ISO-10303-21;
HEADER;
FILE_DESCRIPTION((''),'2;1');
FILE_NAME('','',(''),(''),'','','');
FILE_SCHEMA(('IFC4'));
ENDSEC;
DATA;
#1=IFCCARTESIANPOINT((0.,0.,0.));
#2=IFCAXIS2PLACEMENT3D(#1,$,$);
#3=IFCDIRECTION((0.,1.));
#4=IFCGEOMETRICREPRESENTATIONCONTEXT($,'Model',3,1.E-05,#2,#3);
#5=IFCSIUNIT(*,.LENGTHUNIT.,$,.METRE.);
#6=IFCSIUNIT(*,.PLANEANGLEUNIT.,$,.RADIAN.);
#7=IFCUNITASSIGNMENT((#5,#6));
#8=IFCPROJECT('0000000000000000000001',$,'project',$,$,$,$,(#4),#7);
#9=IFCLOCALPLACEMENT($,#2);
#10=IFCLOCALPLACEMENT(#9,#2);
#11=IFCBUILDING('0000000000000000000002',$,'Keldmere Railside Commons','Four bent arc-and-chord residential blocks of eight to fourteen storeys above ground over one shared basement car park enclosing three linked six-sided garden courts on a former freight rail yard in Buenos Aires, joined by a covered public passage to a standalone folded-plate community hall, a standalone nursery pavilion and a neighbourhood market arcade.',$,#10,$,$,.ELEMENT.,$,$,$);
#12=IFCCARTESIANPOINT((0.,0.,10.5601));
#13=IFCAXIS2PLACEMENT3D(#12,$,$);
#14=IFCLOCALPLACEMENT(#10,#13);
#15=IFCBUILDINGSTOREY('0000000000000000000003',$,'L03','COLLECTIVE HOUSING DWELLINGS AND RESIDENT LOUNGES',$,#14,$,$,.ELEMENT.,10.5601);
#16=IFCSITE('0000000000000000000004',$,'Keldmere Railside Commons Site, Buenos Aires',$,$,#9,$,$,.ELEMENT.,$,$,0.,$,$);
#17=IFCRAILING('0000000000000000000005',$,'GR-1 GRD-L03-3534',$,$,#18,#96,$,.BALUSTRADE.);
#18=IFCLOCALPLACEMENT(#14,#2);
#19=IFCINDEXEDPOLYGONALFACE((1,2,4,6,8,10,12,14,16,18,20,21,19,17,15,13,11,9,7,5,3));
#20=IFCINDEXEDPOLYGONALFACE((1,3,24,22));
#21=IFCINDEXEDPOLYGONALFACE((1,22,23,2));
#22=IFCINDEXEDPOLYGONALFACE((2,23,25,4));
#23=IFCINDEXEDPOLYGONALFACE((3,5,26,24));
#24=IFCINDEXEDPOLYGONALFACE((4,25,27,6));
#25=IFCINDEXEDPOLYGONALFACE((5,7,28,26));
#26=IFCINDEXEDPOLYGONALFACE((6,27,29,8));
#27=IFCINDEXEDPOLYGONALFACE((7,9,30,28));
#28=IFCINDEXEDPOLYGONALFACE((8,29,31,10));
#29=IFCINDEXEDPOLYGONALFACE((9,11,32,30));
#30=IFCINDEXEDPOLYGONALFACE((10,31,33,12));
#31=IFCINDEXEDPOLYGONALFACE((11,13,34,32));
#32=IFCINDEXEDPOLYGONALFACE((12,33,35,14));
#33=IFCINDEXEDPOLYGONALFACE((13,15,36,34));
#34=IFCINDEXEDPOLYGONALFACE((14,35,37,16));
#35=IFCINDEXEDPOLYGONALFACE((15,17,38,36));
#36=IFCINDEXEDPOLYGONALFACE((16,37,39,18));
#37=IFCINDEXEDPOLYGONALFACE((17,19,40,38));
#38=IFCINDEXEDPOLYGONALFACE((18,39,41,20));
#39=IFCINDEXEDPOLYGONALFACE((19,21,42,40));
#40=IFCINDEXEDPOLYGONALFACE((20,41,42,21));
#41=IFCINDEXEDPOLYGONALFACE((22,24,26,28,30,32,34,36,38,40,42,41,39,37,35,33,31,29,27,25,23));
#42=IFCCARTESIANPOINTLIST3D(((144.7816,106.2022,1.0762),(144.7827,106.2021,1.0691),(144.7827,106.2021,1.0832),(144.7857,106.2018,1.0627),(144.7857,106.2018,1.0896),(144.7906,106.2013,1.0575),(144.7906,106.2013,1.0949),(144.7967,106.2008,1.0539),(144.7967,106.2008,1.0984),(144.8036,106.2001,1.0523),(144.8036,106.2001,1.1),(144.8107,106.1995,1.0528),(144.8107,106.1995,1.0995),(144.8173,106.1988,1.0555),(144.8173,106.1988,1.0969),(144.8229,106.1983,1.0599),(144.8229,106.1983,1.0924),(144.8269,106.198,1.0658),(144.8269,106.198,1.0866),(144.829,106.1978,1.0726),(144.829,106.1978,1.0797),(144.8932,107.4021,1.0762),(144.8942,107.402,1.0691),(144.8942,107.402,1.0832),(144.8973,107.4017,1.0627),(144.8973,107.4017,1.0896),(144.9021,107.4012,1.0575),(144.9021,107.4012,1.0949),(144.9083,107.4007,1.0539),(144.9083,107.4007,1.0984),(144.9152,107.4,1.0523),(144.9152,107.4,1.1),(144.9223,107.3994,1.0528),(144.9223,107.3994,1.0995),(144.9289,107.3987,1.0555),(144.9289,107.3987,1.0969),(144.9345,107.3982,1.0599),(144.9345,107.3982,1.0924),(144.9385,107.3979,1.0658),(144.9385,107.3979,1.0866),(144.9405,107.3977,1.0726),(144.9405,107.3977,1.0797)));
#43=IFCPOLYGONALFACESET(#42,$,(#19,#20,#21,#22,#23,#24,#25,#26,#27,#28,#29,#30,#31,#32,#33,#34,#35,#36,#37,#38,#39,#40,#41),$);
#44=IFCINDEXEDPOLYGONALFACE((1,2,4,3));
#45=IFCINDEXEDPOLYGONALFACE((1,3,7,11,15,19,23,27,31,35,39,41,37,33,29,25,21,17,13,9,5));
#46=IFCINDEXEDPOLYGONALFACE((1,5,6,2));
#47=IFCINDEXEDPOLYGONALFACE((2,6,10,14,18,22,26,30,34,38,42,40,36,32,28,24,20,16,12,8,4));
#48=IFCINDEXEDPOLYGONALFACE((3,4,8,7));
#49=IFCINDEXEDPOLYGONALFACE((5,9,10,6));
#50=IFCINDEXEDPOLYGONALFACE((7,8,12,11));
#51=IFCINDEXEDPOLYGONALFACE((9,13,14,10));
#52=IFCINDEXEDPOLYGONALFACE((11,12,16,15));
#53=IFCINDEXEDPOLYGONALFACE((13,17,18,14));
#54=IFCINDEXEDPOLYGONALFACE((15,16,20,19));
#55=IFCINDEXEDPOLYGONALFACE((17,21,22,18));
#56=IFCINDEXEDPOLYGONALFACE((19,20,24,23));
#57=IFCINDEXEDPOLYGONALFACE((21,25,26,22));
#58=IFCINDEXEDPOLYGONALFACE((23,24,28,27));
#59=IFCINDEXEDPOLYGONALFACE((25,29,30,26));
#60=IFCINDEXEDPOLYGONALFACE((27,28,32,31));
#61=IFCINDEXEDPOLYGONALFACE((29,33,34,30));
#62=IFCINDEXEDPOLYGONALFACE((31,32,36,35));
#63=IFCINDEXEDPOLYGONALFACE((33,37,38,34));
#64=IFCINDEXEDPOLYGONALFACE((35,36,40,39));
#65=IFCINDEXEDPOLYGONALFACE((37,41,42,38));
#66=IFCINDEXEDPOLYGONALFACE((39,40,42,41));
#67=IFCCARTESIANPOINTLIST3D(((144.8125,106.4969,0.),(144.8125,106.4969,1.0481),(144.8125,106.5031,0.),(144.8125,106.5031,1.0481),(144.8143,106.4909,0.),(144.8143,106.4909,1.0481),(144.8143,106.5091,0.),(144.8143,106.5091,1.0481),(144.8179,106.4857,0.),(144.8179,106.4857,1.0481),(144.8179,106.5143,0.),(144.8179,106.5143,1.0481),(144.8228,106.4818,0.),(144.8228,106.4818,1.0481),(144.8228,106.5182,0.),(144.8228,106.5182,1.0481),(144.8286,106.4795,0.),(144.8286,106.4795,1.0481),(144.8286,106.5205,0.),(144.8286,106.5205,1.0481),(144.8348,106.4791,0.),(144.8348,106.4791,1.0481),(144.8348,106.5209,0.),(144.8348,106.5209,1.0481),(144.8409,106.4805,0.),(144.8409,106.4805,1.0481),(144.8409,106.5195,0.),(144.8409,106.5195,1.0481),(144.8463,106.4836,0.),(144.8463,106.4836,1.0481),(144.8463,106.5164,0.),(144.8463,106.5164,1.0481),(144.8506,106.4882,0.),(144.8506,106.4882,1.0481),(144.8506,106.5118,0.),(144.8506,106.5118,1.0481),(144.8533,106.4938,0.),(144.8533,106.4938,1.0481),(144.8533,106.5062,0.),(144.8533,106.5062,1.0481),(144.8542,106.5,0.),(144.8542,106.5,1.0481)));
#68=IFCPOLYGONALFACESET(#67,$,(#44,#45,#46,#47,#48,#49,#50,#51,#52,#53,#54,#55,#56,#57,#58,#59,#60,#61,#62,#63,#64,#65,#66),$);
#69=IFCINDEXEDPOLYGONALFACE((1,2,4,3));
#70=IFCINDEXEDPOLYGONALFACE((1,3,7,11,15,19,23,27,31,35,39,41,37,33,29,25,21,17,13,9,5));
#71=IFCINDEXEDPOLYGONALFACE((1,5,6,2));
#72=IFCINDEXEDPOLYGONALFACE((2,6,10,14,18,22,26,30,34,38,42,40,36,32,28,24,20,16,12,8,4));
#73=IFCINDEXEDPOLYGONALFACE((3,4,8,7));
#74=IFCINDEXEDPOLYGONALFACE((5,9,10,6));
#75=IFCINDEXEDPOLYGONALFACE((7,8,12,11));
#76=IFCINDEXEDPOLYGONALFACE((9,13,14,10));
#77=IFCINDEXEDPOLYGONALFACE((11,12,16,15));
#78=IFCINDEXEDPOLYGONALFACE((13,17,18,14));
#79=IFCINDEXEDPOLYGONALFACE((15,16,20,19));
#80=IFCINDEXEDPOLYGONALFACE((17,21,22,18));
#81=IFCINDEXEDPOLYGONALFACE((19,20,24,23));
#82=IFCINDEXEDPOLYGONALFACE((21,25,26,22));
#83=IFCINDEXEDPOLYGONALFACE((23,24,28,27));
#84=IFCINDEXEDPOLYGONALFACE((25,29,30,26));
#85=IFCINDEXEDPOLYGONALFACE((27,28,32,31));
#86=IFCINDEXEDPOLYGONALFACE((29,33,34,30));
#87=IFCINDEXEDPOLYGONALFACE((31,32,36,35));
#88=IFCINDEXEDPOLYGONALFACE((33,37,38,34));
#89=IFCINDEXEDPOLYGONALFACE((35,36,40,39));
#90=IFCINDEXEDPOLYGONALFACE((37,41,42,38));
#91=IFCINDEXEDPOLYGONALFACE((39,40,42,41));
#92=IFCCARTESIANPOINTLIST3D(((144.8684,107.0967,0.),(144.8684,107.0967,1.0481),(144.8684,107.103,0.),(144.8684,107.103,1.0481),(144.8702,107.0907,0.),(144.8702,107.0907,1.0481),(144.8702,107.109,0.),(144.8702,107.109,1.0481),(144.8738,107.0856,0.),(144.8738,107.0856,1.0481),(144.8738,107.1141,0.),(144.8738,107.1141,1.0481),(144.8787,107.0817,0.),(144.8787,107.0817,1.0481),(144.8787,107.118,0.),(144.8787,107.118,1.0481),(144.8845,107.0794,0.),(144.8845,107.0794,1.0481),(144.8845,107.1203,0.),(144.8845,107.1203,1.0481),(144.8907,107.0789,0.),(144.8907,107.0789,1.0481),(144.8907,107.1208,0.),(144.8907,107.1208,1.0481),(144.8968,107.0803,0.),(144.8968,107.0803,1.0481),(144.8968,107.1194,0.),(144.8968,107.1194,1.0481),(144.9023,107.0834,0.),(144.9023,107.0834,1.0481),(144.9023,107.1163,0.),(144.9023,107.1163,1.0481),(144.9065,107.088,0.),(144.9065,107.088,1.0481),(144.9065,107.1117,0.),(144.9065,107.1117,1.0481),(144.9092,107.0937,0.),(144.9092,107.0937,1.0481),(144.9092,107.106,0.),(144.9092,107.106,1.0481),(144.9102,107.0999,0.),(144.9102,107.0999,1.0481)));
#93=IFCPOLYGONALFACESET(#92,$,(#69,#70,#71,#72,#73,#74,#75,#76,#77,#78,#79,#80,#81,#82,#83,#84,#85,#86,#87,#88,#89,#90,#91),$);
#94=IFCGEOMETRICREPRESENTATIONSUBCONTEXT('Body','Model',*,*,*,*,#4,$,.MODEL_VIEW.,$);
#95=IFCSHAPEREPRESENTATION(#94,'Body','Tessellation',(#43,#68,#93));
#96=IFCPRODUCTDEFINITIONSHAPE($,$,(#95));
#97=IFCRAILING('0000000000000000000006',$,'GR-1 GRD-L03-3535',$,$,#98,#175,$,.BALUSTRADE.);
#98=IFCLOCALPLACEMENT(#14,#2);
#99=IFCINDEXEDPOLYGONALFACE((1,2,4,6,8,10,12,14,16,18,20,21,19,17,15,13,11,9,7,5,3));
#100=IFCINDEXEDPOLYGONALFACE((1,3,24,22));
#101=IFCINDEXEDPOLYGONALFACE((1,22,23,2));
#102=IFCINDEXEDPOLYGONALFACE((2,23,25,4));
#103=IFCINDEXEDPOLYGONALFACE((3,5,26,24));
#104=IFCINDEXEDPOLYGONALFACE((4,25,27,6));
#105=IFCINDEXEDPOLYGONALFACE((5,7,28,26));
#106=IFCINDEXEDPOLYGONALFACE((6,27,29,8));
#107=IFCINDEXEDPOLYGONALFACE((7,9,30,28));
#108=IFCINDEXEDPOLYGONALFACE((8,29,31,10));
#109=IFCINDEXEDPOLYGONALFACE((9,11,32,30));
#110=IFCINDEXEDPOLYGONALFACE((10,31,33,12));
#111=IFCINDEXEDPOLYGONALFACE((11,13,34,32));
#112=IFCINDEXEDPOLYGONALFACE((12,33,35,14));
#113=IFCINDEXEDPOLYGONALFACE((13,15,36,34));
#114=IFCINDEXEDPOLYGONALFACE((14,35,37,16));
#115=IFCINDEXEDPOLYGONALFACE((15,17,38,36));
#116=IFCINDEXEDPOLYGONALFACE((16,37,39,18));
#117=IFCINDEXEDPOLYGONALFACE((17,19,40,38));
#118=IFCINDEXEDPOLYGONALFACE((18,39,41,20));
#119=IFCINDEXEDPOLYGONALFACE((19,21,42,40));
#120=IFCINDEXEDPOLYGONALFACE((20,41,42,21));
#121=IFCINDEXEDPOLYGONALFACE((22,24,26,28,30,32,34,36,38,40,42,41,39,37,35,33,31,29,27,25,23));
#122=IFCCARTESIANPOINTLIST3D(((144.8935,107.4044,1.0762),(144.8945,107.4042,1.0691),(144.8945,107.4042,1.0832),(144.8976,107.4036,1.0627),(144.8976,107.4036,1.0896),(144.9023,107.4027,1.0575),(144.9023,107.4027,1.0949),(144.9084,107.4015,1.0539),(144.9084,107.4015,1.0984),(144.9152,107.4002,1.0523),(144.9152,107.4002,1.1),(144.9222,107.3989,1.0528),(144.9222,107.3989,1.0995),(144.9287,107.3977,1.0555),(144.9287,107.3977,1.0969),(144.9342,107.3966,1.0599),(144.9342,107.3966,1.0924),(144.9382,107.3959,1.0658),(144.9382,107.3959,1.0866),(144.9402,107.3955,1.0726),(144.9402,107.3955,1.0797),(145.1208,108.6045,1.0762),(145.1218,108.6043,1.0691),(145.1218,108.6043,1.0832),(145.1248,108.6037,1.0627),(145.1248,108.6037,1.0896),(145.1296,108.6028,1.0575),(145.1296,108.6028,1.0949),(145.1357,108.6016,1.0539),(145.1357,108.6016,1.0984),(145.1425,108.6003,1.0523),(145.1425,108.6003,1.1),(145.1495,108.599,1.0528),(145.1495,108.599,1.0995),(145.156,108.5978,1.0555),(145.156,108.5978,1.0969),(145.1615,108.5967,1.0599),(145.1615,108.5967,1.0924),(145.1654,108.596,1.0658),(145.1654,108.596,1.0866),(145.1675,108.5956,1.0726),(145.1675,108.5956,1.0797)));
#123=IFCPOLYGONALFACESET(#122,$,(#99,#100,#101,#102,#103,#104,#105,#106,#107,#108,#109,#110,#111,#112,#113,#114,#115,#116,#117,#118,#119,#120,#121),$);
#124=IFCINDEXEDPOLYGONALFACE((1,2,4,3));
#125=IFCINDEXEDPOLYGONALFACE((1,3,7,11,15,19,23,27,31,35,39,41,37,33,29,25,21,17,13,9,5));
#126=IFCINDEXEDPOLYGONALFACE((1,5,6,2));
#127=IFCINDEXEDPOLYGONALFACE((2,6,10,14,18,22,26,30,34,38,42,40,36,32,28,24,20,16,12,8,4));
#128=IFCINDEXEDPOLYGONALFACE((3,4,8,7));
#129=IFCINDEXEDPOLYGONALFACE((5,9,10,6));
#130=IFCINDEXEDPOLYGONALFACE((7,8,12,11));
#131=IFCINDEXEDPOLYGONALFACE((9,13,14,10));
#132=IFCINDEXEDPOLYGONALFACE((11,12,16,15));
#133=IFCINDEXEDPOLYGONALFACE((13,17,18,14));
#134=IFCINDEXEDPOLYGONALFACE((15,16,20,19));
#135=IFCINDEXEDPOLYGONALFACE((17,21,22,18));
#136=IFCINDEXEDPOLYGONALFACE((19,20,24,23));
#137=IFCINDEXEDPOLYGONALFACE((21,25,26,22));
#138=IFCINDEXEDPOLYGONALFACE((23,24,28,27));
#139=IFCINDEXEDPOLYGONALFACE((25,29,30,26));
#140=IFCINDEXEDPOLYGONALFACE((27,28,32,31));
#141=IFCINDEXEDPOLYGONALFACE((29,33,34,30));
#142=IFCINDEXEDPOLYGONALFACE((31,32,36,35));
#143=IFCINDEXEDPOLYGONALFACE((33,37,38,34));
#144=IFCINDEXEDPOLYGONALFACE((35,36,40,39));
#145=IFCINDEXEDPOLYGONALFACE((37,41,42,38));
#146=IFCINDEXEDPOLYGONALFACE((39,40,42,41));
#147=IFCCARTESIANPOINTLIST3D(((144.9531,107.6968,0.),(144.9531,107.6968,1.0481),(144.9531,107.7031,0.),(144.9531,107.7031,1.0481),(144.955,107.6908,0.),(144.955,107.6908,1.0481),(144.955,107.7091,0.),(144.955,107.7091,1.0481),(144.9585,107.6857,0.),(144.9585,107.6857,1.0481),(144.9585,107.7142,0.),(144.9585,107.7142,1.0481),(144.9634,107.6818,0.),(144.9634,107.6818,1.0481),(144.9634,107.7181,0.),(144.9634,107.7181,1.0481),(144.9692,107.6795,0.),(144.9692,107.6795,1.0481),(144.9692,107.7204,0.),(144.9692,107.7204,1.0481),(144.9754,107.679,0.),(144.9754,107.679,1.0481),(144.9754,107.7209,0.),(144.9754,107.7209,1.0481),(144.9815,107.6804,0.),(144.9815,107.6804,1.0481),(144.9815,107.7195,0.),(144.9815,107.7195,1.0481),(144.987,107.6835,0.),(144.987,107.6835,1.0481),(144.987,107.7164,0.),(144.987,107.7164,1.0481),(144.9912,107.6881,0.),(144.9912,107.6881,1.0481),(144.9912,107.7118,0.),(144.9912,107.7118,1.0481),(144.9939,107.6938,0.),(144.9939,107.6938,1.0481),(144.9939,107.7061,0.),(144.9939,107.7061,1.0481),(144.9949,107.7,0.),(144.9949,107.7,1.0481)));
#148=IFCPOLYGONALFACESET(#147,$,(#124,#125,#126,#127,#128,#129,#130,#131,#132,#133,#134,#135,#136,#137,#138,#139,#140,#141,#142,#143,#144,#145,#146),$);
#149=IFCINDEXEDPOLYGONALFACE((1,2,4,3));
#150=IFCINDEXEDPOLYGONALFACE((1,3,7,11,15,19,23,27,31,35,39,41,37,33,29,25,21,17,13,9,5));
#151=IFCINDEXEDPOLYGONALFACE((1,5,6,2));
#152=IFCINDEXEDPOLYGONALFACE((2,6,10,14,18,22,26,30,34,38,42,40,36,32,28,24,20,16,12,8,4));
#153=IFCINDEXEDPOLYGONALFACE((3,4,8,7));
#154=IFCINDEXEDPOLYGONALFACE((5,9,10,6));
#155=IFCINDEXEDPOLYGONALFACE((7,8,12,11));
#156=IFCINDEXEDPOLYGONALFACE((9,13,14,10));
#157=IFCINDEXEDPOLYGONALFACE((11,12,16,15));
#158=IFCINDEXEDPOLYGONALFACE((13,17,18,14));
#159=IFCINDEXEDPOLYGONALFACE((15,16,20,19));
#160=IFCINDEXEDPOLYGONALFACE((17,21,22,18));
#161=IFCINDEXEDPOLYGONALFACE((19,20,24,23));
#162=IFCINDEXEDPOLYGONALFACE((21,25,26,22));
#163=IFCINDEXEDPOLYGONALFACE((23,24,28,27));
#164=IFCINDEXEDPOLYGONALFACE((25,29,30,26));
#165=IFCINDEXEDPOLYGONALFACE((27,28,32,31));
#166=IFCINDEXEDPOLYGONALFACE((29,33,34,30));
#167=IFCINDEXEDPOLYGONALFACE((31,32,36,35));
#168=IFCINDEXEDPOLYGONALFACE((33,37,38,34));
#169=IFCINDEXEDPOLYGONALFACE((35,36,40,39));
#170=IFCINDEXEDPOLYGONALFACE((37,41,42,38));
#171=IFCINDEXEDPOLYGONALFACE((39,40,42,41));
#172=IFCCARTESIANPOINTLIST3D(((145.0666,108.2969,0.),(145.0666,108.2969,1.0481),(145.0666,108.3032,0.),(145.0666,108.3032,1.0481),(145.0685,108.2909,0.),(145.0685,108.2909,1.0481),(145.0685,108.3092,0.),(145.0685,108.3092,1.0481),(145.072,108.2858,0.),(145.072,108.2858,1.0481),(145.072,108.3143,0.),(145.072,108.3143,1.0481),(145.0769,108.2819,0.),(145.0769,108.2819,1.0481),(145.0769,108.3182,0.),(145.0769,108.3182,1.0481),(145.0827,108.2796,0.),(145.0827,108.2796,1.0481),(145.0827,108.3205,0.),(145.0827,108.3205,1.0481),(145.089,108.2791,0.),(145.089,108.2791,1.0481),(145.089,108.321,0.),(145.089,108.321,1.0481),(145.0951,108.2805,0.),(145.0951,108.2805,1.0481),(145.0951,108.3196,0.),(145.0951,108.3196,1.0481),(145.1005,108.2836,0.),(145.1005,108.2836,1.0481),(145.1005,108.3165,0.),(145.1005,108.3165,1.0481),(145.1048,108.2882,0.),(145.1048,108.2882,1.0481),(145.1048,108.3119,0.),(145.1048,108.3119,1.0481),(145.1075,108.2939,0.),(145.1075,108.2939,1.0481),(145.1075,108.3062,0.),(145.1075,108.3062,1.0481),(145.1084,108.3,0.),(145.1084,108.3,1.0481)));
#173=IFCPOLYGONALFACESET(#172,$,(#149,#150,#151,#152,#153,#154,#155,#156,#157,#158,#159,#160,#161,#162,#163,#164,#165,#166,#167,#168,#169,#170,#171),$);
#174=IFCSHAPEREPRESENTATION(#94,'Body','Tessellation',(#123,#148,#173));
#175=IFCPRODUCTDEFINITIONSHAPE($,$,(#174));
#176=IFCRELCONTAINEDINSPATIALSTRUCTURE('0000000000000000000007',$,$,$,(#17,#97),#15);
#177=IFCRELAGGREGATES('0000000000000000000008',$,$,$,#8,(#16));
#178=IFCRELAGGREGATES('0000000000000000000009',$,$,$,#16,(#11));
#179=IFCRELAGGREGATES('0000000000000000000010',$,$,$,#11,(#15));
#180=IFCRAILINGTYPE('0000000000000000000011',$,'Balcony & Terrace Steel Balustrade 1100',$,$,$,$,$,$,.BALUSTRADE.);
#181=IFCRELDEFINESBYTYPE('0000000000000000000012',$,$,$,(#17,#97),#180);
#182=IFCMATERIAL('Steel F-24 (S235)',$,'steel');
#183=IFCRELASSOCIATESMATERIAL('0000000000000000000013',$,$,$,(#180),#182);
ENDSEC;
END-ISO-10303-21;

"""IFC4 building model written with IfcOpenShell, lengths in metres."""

from ifc_helpers import new_model, si_unit, direction, frame, origin, origin_2d, place, context, subcontext, project, spatial, circle, extrude, material, type_object, element, save


model = new_model("IFC4")

# Units and contexts
model_context = context("Model", 3, precision=1e-05, world=origin(), true_north=direction((0.0, 1.0)))
body_context = subcontext(model_context, "Body", "Model", "MODEL_VIEW")
ifc_project = project(units=[si_unit("LENGTHUNIT", "METRE"), si_unit("PLANEANGLEUNIT", "RADIAN")], contexts=[model_context])

# Site, building, storey
site_placement = place(None, origin())
site = spatial("IfcSite", under=ifc_project, at=site_placement, Name="Keldmere Railside Commons Site, Buenos Aires", CompositionType="ELEMENT", RefElevation=0.0)
building_placement = place(site_placement, origin())
building = spatial("IfcBuilding", under=site, at=building_placement, Name="Keldmere Railside Commons", Description="Four bent arc-and-chord residential blocks of eight to fourteen storeys above ground over one shared basement car park enclosing three linked six-sided garden courts on a former freight rail yard in Buenos Aires, joined by a covered public passage to a standalone folded-plate community hall, a standalone nursery pavilion and a neighbourhood market arcade.", CompositionType="ELEMENT")
storey_placement = place(building_placement, frame((0.0, 0.0, 10.5601)))
storey = spatial("IfcBuildingStorey", under=building, at=storey_placement, Name="L03", Description="COLLECTIVE HOUSING DWELLINGS AND RESIDENT LOUNGES", CompositionType="ELEMENT", Elevation=10.5601)

# Shared definitions
ifc_material_1 = material(Name="Steel F-24 (S235)", Category="steel")

# Railings
railing_type = type_object("IfcRailingType", Name="Balcony & Terrace Steel Balustrade 1100", PredefinedType="BALUSTRADE", material=ifc_material_1)
railing_1_placement = place(storey_placement, frame((144.8054, 106.2, 0.0)))
element("IfcRailing", 1, at=railing_1_placement, inside=storey, type_object=railing_type, Name="GR-1 GRD-L03-3534", PredefinedType="BALUSTRADE", context=body_context, shape_type="SweptSolid", body=[
    extrude(circle(Radius=0.0239, at=origin_2d()), frame((0.0, 0.0, 1.0762), z_axis=(0.092581, 0.995705, 0.0), x_axis=(-0.995705, 0.092581, 0.0)), (0.0, 0.0, 1.0), 1.2051),
    extrude(circle(Radius=0.021, at=origin_2d()), frame((0.0278, 0.3, 0.0)), (0.0, 0.0, 1.0), 1.0481),
    extrude(circle(Radius=0.021, at=origin_2d()), frame((0.0837, 0.8999, 0.0)), (0.0, 0.0, 1.0), 1.0481),
])
railing_2_placement = place(storey_placement, frame((144.917, 107.3999, 0.0)))
element("IfcRailing", 2, at=railing_2_placement, inside=storey, type_object=railing_type, Name="GR-1 GRD-L03-3535", PredefinedType="BALUSTRADE", context=body_context, shape_type="SweptSolid", body=[
    extrude(circle(Radius=0.0239, at=origin_2d()), frame((0.0, 0.0, 1.0762), z_axis=(0.186074, 0.982536, 0.0), x_axis=(-0.982536, 0.186074, 0.0)), (0.0, 0.0, 1.0), 1.2214),
    extrude(circle(Radius=0.021, at=origin_2d()), frame((0.0569, 0.3, 0.0)), (0.0, 0.0, 1.0), 1.0481),
    extrude(circle(Radius=0.021, at=origin_2d()), frame((0.1704, 0.9001, 0.0)), (0.0, 0.0, 1.0), 1.0481),
])

save(model, "model.ifc")
